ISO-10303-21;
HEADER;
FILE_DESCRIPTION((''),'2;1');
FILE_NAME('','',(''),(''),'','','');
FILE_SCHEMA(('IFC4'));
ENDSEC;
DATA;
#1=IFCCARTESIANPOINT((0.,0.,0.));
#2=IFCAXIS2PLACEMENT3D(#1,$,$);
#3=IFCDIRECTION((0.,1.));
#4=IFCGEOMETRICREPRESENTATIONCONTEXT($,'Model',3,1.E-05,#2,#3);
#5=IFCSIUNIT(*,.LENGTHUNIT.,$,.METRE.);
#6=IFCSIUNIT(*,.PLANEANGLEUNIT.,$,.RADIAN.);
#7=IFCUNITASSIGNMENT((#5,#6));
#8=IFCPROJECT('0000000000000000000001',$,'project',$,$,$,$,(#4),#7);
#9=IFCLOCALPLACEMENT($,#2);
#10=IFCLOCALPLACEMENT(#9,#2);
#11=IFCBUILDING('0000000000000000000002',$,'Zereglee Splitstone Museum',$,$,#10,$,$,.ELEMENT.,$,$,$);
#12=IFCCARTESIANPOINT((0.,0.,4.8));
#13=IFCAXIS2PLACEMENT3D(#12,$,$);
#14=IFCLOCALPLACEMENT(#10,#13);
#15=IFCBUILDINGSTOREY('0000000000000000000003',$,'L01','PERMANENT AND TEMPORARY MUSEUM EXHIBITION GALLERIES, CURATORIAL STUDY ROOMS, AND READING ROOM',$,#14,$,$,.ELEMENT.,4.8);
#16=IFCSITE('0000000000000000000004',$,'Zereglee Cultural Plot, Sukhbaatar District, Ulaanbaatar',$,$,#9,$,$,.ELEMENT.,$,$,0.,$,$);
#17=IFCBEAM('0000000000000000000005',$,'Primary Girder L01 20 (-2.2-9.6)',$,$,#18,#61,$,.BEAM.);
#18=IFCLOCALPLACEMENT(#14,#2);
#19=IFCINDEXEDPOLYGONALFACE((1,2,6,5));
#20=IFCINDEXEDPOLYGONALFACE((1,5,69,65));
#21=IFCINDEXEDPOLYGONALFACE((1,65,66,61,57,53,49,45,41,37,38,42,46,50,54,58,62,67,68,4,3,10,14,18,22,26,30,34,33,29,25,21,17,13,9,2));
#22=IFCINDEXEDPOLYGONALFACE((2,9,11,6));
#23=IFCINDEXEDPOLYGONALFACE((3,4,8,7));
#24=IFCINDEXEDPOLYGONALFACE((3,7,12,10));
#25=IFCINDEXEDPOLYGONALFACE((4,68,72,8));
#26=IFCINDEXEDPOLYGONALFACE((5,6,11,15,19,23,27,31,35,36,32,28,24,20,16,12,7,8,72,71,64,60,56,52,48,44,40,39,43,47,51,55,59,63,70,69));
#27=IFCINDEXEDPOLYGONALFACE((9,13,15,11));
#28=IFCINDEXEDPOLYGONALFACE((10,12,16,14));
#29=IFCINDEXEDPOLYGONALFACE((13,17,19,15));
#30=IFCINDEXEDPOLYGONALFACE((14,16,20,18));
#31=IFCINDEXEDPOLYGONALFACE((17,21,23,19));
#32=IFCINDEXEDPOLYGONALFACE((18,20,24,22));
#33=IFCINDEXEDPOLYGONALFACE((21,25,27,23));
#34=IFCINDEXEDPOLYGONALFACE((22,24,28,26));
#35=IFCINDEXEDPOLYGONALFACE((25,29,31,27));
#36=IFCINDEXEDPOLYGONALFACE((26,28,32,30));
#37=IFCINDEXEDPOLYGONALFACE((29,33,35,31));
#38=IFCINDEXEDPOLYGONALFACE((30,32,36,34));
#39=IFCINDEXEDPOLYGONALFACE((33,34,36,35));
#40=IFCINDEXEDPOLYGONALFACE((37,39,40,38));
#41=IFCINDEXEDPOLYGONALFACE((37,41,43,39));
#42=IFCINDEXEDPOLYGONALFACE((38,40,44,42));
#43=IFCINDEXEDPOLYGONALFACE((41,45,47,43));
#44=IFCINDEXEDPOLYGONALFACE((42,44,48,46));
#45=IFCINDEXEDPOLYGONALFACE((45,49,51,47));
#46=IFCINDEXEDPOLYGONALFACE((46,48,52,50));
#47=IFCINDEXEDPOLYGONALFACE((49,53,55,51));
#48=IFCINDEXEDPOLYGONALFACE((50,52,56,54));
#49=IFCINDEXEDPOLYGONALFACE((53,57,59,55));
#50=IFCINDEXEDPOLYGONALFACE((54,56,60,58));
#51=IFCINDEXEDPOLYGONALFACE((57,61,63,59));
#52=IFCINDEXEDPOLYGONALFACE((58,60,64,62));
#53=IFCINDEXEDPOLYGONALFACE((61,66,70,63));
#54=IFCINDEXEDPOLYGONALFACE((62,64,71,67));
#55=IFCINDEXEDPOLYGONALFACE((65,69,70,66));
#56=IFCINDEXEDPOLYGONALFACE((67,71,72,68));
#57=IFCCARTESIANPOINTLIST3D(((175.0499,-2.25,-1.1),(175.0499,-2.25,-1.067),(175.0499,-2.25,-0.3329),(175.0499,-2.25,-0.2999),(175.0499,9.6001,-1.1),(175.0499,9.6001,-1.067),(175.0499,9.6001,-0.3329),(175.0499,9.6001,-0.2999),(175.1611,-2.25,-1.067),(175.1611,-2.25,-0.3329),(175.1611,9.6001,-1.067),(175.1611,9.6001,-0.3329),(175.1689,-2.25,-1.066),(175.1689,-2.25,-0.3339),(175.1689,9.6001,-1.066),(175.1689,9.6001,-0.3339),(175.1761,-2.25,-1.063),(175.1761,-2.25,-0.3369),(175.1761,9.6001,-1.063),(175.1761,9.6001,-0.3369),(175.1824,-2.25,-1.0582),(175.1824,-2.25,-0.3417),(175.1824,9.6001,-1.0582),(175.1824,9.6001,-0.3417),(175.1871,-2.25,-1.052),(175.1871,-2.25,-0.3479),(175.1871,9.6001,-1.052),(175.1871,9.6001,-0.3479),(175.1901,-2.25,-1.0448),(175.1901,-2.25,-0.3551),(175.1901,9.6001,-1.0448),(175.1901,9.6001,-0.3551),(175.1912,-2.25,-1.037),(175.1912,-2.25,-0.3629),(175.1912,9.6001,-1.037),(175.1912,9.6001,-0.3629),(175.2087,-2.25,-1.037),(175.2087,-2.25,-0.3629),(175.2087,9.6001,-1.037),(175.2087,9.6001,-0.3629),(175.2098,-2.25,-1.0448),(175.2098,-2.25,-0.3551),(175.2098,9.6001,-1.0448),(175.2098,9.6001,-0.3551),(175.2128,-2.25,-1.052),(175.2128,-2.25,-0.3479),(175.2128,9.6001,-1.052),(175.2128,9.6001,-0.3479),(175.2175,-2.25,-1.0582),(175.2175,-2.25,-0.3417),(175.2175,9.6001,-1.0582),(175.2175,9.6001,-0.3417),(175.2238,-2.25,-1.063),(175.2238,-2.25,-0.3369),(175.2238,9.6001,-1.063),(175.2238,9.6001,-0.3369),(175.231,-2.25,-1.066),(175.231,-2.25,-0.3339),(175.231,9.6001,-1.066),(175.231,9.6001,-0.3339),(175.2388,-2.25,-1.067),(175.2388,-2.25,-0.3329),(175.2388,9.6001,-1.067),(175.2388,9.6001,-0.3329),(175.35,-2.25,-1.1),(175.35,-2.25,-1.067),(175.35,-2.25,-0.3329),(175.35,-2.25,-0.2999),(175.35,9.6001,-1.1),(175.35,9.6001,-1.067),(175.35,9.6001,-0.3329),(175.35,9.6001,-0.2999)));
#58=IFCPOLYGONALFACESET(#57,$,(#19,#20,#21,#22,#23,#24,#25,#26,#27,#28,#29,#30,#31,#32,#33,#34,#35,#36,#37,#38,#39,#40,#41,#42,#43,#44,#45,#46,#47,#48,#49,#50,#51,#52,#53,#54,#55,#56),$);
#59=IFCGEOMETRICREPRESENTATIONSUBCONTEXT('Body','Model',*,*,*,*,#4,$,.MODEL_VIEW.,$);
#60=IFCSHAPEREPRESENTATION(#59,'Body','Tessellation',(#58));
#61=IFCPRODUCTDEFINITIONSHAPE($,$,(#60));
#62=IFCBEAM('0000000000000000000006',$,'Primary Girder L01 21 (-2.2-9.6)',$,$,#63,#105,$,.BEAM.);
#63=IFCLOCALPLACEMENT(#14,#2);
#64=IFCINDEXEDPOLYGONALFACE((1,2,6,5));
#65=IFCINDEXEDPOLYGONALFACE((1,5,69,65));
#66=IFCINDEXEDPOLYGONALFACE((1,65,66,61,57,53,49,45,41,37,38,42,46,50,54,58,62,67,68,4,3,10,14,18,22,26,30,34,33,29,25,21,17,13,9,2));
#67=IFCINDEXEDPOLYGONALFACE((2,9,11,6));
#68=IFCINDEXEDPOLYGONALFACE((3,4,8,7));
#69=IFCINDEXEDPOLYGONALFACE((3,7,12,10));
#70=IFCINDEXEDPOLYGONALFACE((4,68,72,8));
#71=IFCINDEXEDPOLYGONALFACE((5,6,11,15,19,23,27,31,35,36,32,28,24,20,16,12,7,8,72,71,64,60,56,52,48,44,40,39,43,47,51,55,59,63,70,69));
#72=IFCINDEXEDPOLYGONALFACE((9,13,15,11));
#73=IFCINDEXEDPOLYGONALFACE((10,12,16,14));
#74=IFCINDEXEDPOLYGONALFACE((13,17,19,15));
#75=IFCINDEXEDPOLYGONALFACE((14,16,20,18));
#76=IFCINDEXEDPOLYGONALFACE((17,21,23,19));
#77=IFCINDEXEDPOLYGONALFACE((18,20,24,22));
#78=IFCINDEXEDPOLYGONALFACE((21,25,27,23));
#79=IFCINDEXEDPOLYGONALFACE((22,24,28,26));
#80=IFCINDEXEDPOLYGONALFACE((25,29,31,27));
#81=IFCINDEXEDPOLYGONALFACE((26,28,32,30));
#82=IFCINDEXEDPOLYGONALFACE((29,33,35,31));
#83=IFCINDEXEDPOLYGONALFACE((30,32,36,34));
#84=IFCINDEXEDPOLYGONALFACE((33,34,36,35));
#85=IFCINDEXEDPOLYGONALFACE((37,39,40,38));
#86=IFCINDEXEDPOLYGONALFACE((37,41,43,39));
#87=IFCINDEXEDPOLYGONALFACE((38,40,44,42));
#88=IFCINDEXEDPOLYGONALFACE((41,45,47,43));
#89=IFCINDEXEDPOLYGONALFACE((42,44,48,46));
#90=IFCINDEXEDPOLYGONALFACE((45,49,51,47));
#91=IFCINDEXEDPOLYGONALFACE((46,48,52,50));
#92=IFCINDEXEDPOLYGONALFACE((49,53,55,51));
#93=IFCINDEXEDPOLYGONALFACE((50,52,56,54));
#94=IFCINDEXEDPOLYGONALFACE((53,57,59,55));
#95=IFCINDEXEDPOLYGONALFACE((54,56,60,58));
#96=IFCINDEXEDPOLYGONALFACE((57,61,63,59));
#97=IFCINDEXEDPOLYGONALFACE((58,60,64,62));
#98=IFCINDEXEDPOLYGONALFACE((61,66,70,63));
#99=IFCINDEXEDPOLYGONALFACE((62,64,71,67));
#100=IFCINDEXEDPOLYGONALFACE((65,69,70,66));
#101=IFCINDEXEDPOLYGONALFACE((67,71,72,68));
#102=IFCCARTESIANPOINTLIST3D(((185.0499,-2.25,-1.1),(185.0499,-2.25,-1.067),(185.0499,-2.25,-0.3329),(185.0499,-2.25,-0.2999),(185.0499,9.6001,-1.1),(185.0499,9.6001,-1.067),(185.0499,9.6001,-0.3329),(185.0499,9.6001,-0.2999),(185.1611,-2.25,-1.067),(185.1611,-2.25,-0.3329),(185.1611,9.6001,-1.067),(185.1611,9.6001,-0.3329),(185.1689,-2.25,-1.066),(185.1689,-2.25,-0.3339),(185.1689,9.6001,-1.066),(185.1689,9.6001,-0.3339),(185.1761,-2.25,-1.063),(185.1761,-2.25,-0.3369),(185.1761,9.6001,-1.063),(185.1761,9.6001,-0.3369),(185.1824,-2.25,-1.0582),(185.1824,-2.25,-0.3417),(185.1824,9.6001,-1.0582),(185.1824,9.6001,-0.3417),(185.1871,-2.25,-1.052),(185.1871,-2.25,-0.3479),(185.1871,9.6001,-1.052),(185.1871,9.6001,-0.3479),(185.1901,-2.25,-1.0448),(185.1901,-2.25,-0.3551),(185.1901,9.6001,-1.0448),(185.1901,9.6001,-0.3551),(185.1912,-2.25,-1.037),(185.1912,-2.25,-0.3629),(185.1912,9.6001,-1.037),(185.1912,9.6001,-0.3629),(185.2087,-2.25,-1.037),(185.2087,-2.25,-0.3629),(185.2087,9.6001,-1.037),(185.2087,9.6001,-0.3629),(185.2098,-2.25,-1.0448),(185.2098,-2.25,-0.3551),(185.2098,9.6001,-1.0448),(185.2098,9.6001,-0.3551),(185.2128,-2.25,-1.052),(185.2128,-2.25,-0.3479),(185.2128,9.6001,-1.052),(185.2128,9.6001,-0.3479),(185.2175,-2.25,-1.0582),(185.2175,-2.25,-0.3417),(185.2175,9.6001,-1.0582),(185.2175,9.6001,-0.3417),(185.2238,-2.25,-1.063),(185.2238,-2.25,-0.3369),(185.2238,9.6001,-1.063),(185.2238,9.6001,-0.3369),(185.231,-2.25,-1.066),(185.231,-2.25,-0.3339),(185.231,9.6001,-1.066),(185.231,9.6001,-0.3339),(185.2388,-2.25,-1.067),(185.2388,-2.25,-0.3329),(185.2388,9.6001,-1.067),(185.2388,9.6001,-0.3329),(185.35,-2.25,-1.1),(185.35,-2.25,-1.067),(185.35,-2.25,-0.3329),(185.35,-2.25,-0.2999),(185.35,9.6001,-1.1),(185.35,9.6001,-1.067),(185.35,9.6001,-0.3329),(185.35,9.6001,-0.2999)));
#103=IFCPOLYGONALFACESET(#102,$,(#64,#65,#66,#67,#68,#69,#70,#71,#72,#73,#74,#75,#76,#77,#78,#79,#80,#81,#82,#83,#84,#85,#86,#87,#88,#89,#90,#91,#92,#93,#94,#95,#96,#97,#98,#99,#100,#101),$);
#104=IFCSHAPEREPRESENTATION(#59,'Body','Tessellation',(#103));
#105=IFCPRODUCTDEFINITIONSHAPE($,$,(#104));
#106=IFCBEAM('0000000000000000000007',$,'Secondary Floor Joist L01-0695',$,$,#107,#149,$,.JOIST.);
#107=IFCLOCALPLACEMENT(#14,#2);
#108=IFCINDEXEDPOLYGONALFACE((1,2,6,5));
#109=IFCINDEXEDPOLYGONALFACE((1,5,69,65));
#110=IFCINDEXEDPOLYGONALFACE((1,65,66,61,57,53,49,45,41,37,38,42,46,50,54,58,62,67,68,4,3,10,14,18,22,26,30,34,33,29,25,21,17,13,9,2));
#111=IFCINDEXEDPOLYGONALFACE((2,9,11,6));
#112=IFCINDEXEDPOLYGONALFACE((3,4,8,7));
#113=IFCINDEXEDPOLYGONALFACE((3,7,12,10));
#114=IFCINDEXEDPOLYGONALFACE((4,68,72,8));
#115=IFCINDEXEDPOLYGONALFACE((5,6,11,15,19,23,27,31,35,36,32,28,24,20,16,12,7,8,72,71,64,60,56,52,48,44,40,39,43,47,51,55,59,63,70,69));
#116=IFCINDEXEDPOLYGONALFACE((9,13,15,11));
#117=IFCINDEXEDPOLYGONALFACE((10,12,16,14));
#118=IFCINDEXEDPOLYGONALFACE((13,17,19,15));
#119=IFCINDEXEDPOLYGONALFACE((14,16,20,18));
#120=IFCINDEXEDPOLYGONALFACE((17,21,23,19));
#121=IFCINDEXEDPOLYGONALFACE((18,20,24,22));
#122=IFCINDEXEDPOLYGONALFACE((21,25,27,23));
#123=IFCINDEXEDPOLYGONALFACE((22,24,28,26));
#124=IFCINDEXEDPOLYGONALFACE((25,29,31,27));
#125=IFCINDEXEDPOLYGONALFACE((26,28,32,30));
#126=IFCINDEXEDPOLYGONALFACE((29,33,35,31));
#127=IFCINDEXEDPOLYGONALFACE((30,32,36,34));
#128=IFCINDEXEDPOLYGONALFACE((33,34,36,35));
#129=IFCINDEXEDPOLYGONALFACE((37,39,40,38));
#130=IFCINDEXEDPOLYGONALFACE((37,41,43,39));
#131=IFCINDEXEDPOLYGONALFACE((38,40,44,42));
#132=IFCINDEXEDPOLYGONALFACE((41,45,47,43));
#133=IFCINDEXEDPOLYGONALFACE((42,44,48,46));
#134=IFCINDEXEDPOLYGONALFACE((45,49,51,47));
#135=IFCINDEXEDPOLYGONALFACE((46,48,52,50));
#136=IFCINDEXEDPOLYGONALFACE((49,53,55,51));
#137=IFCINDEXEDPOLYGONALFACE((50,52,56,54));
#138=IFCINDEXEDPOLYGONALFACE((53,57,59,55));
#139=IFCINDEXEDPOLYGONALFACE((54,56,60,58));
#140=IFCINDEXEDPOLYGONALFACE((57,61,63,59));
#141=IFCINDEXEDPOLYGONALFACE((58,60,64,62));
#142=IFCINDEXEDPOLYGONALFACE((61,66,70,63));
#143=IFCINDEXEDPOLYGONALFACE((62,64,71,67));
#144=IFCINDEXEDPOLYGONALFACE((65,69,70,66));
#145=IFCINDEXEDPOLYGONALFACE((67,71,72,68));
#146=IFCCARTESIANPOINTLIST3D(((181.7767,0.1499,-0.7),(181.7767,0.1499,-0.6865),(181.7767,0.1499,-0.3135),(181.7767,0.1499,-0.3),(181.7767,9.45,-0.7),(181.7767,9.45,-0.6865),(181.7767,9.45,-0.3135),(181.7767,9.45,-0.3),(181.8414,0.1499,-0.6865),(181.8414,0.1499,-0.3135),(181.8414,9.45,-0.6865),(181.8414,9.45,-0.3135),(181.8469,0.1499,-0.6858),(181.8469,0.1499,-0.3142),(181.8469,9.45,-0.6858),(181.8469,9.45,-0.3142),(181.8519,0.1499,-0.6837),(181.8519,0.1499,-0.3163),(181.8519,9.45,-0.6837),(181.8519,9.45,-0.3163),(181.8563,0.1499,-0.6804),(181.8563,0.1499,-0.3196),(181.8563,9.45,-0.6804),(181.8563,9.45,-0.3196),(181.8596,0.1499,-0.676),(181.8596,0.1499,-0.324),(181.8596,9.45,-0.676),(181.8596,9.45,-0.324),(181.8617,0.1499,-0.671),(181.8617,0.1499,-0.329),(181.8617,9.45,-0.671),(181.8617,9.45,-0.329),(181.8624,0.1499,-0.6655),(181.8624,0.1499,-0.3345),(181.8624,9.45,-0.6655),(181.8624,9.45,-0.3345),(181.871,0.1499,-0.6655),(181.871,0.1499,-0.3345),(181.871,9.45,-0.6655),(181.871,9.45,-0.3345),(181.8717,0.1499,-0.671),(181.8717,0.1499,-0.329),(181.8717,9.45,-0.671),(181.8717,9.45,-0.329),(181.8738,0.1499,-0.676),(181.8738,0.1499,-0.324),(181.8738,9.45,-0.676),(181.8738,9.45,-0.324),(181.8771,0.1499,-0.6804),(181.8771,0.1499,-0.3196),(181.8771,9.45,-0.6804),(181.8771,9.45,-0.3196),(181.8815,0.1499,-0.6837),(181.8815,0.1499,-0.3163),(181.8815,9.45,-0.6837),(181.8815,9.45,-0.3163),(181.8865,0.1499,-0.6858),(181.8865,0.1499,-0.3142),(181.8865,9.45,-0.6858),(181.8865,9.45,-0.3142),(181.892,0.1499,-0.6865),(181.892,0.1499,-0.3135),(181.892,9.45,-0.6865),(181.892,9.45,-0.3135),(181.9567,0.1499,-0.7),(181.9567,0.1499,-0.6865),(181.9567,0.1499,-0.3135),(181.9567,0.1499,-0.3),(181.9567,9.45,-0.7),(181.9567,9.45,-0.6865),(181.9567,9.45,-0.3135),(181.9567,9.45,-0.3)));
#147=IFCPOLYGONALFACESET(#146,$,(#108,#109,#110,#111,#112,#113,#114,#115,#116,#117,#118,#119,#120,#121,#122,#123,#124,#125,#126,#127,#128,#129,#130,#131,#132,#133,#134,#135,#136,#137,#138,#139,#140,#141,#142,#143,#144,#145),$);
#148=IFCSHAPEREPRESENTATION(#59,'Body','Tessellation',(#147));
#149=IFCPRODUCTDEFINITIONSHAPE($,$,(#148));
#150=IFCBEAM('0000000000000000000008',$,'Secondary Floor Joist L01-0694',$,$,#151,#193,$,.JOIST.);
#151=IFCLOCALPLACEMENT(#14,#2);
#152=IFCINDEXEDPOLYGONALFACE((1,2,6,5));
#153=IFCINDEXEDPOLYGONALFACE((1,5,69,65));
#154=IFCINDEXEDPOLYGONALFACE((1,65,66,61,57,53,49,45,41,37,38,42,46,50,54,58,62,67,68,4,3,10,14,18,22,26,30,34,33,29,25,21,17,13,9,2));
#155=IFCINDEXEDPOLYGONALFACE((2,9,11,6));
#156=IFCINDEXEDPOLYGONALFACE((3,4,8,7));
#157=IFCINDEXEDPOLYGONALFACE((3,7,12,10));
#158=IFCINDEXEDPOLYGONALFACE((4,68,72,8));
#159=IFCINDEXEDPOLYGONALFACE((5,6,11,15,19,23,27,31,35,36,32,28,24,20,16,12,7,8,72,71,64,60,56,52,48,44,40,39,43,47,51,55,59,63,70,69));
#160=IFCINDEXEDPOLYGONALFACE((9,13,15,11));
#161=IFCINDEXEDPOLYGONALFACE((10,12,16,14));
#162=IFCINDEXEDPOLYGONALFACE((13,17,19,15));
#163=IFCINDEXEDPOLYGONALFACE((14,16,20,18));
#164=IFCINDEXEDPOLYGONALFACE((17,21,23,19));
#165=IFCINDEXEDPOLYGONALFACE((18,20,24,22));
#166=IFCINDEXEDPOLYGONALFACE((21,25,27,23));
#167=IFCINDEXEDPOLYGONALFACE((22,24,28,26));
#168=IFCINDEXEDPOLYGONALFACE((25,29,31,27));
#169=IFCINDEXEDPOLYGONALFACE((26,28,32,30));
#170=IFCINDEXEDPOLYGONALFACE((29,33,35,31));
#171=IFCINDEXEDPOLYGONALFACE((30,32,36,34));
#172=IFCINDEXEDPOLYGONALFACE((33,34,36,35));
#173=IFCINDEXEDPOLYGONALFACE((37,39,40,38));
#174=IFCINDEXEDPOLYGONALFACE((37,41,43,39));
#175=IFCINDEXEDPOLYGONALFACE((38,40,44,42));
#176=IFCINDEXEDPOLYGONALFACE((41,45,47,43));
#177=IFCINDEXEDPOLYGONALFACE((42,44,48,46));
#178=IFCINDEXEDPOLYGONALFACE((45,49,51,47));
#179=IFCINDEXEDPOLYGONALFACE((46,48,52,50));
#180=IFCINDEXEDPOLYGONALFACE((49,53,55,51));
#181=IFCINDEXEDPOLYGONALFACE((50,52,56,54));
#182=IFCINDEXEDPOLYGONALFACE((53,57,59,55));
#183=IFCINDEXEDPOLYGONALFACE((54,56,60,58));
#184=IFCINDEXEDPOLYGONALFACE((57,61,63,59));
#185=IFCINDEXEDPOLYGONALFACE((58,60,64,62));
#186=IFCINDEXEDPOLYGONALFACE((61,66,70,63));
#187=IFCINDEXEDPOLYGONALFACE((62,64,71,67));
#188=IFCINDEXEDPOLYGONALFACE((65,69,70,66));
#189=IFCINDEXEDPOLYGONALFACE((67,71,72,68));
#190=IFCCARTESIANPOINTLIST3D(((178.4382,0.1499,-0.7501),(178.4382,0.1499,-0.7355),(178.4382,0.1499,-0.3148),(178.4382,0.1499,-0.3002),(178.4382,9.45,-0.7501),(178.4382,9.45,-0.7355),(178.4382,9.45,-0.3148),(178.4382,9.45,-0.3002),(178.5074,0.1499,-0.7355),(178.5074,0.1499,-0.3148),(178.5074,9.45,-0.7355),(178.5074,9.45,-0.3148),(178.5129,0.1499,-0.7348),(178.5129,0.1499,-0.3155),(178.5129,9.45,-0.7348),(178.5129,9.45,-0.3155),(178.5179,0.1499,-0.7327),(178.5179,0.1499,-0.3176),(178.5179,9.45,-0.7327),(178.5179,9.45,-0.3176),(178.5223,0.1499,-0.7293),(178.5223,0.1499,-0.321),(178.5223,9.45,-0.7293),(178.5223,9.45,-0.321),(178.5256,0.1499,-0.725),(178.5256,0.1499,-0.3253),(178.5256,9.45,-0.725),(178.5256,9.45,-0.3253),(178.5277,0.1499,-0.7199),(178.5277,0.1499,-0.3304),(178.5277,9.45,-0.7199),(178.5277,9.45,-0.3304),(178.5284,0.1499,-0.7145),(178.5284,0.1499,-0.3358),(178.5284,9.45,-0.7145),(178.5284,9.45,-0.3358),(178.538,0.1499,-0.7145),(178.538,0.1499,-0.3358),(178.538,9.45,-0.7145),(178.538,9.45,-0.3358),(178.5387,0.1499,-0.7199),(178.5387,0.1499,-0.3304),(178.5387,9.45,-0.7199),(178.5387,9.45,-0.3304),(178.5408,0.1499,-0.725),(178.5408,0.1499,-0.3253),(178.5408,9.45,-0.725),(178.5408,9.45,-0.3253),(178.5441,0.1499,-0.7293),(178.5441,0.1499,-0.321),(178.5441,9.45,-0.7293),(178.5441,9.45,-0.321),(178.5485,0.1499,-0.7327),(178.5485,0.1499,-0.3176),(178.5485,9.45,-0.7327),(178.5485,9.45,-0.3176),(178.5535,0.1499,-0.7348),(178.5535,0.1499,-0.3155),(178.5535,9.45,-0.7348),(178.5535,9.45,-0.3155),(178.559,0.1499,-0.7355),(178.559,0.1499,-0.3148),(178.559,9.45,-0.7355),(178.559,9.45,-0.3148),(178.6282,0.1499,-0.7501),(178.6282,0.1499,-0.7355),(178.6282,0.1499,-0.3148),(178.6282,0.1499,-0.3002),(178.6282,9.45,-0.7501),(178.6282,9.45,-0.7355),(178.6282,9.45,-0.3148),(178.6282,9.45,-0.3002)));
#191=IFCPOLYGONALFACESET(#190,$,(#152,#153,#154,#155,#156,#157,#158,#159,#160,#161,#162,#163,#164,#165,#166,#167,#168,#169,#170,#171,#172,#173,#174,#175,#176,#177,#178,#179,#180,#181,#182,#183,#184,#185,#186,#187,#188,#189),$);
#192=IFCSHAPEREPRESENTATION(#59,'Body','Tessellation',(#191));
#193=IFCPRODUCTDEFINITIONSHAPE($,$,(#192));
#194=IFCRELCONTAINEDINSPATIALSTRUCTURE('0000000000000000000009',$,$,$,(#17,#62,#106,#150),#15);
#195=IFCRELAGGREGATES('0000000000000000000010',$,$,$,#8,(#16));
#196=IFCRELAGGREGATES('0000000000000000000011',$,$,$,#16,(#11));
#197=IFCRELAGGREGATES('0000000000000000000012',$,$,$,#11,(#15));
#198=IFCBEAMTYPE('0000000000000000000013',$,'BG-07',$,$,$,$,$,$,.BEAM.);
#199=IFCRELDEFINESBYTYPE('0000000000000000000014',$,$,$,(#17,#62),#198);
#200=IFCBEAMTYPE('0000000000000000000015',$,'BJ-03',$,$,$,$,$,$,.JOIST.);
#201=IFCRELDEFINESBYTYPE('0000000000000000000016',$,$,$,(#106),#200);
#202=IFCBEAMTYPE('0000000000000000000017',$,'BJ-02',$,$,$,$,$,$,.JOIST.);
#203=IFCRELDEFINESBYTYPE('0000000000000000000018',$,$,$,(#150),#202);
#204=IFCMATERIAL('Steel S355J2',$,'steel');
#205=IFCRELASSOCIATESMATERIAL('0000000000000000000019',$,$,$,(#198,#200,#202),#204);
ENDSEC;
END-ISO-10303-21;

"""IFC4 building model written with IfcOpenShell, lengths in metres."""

from ifc_helpers import new_model, si_unit, direction, frame, origin, origin_2d, place, context, subcontext, project, spatial, i_section, extrude, material, material_profile, profile_set, type_object, element, save


model = new_model("IFC4")

# Units and contexts
model_context = context("Model", 3, precision=1e-05, world=origin(), true_north=direction((0.0, 1.0)))
body_context = subcontext(model_context, "Body", "Model", "MODEL_VIEW")
ifc_project = project(units=[si_unit("LENGTHUNIT", "METRE"), si_unit("PLANEANGLEUNIT", "RADIAN")], contexts=[model_context])

# Site, building, storey
site_placement = place(None, origin())
site = spatial("IfcSite", under=ifc_project, at=site_placement, Name="Zereglee Cultural Plot, Sukhbaatar District, Ulaanbaatar", CompositionType="ELEMENT", RefElevation=0.0)
building_placement = place(site_placement, origin())
building = spatial("IfcBuilding", under=site, at=building_placement, Name="Zereglee Splitstone Museum", CompositionType="ELEMENT")
storey_placement = place(building_placement, frame((0.0, 0.0, 4.8)))
storey = spatial("IfcBuildingStorey", under=building, at=storey_placement, Name="L01", Description="PERMANENT AND TEMPORARY MUSEUM EXHIBITION GALLERIES, CURATORIAL STUDY ROOMS, AND READING ROOM", CompositionType="ELEMENT", Elevation=4.8)

# Shared definitions
ifc_material_1 = material(Name="Steel S355J2", Category="steel")

# Beams
ifc_material_profile_1 = material_profile(ifc_material_1, i_section(OverallWidth=0.3, OverallDepth=0.8, WebThickness=0.0176, FlangeThickness=0.033, FilletRadius=0.03, at=origin_2d()), Name="HE 800 B")
ifc_profile_set_1 = profile_set([ifc_material_profile_1], Name="Steel S355J2")
beam_type_1 = type_object("IfcBeamType", Name="BG-07", PredefinedType="BEAM", material=ifc_profile_set_1)
for number, where, z_axis, x_axis, name in (
    (1, (175.2, -2.25, -0.7), (0.0, 1.0, 0.0), (-1.0, 0.0, 0.0), "Primary Girder L01 20 (-2.2-9.6)"),
    (2, (185.2, -2.25, -0.7), (0.0, 1.0, 0.0), (-1.0, 0.0, 0.0), "Primary Girder L01 21 (-2.2-9.6)"),
):
    element("IfcBeam", number, at=place(storey_placement, frame(where, z_axis=z_axis, x_axis=x_axis)), inside=storey, type_object=beam_type_1, Name=name, PredefinedType="BEAM", context=body_context, shape_type="SweptSolid", body=[
        extrude(i_section(OverallWidth=0.3, OverallDepth=0.8, WebThickness=0.0176, FlangeThickness=0.033, FilletRadius=0.03, at=origin_2d()), origin(), (0.0, 0.0, 1.0), 11.8501),
    ])
ifc_material_profile_2 = material_profile(ifc_material_1, i_section(OverallWidth=0.1799, OverallDepth=0.3999, WebThickness=0.0085, FlangeThickness=0.0134, FilletRadius=0.021, at=origin_2d()), Name="IPE 400")
ifc_profile_set_2 = profile_set([ifc_material_profile_2], Name="Steel S355J2")
beam_type_2 = type_object("IfcBeamType", Name="BJ-03", PredefinedType="JOIST", material=ifc_profile_set_2)
beam_1_placement = place(storey_placement, frame((181.8667, 0.1499, -0.5), z_axis=(0.0, 1.0, 0.0), x_axis=(-1.0, 0.0, 0.0)))
element("IfcBeam", 3, at=beam_1_placement, inside=storey, type_object=beam_type_2, Name="Secondary Floor Joist L01-0695", PredefinedType="JOIST", context=body_context, shape_type="SweptSolid", body=[
    extrude(i_section(OverallWidth=0.1799, OverallDepth=0.3999, WebThickness=0.0085, FlangeThickness=0.0134, FilletRadius=0.021, at=origin_2d()), origin(), (0.0, 0.0, 1.0), 9.3),
])
ifc_material_profile_3 = material_profile(ifc_material_1, i_section(OverallWidth=0.1899, OverallDepth=0.45, WebThickness=0.0095, FlangeThickness=0.0146, FilletRadius=0.021, at=origin_2d()), Name="IPE 450")
ifc_profile_set_3 = profile_set([ifc_material_profile_3], Name="Steel S355J2")
beam_type_3 = type_object("IfcBeamType", Name="BJ-02", PredefinedType="JOIST", material=ifc_profile_set_3)
beam_2_placement = place(storey_placement, frame((178.5332, 0.1499, -0.5251), z_axis=(0.0, 1.0, 0.0), x_axis=(-1.0, 0.0, 0.0)))
element("IfcBeam", 4, at=beam_2_placement, inside=storey, type_object=beam_type_3, Name="Secondary Floor Joist L01-0694", PredefinedType="JOIST", context=body_context, shape_type="SweptSolid", body=[
    extrude(i_section(OverallWidth=0.1899, OverallDepth=0.45, WebThickness=0.0095, FlangeThickness=0.0146, FilletRadius=0.021, at=origin_2d()), origin(), (0.0, 0.0, 1.0), 9.3),
])

save(model, "model.ifc")
